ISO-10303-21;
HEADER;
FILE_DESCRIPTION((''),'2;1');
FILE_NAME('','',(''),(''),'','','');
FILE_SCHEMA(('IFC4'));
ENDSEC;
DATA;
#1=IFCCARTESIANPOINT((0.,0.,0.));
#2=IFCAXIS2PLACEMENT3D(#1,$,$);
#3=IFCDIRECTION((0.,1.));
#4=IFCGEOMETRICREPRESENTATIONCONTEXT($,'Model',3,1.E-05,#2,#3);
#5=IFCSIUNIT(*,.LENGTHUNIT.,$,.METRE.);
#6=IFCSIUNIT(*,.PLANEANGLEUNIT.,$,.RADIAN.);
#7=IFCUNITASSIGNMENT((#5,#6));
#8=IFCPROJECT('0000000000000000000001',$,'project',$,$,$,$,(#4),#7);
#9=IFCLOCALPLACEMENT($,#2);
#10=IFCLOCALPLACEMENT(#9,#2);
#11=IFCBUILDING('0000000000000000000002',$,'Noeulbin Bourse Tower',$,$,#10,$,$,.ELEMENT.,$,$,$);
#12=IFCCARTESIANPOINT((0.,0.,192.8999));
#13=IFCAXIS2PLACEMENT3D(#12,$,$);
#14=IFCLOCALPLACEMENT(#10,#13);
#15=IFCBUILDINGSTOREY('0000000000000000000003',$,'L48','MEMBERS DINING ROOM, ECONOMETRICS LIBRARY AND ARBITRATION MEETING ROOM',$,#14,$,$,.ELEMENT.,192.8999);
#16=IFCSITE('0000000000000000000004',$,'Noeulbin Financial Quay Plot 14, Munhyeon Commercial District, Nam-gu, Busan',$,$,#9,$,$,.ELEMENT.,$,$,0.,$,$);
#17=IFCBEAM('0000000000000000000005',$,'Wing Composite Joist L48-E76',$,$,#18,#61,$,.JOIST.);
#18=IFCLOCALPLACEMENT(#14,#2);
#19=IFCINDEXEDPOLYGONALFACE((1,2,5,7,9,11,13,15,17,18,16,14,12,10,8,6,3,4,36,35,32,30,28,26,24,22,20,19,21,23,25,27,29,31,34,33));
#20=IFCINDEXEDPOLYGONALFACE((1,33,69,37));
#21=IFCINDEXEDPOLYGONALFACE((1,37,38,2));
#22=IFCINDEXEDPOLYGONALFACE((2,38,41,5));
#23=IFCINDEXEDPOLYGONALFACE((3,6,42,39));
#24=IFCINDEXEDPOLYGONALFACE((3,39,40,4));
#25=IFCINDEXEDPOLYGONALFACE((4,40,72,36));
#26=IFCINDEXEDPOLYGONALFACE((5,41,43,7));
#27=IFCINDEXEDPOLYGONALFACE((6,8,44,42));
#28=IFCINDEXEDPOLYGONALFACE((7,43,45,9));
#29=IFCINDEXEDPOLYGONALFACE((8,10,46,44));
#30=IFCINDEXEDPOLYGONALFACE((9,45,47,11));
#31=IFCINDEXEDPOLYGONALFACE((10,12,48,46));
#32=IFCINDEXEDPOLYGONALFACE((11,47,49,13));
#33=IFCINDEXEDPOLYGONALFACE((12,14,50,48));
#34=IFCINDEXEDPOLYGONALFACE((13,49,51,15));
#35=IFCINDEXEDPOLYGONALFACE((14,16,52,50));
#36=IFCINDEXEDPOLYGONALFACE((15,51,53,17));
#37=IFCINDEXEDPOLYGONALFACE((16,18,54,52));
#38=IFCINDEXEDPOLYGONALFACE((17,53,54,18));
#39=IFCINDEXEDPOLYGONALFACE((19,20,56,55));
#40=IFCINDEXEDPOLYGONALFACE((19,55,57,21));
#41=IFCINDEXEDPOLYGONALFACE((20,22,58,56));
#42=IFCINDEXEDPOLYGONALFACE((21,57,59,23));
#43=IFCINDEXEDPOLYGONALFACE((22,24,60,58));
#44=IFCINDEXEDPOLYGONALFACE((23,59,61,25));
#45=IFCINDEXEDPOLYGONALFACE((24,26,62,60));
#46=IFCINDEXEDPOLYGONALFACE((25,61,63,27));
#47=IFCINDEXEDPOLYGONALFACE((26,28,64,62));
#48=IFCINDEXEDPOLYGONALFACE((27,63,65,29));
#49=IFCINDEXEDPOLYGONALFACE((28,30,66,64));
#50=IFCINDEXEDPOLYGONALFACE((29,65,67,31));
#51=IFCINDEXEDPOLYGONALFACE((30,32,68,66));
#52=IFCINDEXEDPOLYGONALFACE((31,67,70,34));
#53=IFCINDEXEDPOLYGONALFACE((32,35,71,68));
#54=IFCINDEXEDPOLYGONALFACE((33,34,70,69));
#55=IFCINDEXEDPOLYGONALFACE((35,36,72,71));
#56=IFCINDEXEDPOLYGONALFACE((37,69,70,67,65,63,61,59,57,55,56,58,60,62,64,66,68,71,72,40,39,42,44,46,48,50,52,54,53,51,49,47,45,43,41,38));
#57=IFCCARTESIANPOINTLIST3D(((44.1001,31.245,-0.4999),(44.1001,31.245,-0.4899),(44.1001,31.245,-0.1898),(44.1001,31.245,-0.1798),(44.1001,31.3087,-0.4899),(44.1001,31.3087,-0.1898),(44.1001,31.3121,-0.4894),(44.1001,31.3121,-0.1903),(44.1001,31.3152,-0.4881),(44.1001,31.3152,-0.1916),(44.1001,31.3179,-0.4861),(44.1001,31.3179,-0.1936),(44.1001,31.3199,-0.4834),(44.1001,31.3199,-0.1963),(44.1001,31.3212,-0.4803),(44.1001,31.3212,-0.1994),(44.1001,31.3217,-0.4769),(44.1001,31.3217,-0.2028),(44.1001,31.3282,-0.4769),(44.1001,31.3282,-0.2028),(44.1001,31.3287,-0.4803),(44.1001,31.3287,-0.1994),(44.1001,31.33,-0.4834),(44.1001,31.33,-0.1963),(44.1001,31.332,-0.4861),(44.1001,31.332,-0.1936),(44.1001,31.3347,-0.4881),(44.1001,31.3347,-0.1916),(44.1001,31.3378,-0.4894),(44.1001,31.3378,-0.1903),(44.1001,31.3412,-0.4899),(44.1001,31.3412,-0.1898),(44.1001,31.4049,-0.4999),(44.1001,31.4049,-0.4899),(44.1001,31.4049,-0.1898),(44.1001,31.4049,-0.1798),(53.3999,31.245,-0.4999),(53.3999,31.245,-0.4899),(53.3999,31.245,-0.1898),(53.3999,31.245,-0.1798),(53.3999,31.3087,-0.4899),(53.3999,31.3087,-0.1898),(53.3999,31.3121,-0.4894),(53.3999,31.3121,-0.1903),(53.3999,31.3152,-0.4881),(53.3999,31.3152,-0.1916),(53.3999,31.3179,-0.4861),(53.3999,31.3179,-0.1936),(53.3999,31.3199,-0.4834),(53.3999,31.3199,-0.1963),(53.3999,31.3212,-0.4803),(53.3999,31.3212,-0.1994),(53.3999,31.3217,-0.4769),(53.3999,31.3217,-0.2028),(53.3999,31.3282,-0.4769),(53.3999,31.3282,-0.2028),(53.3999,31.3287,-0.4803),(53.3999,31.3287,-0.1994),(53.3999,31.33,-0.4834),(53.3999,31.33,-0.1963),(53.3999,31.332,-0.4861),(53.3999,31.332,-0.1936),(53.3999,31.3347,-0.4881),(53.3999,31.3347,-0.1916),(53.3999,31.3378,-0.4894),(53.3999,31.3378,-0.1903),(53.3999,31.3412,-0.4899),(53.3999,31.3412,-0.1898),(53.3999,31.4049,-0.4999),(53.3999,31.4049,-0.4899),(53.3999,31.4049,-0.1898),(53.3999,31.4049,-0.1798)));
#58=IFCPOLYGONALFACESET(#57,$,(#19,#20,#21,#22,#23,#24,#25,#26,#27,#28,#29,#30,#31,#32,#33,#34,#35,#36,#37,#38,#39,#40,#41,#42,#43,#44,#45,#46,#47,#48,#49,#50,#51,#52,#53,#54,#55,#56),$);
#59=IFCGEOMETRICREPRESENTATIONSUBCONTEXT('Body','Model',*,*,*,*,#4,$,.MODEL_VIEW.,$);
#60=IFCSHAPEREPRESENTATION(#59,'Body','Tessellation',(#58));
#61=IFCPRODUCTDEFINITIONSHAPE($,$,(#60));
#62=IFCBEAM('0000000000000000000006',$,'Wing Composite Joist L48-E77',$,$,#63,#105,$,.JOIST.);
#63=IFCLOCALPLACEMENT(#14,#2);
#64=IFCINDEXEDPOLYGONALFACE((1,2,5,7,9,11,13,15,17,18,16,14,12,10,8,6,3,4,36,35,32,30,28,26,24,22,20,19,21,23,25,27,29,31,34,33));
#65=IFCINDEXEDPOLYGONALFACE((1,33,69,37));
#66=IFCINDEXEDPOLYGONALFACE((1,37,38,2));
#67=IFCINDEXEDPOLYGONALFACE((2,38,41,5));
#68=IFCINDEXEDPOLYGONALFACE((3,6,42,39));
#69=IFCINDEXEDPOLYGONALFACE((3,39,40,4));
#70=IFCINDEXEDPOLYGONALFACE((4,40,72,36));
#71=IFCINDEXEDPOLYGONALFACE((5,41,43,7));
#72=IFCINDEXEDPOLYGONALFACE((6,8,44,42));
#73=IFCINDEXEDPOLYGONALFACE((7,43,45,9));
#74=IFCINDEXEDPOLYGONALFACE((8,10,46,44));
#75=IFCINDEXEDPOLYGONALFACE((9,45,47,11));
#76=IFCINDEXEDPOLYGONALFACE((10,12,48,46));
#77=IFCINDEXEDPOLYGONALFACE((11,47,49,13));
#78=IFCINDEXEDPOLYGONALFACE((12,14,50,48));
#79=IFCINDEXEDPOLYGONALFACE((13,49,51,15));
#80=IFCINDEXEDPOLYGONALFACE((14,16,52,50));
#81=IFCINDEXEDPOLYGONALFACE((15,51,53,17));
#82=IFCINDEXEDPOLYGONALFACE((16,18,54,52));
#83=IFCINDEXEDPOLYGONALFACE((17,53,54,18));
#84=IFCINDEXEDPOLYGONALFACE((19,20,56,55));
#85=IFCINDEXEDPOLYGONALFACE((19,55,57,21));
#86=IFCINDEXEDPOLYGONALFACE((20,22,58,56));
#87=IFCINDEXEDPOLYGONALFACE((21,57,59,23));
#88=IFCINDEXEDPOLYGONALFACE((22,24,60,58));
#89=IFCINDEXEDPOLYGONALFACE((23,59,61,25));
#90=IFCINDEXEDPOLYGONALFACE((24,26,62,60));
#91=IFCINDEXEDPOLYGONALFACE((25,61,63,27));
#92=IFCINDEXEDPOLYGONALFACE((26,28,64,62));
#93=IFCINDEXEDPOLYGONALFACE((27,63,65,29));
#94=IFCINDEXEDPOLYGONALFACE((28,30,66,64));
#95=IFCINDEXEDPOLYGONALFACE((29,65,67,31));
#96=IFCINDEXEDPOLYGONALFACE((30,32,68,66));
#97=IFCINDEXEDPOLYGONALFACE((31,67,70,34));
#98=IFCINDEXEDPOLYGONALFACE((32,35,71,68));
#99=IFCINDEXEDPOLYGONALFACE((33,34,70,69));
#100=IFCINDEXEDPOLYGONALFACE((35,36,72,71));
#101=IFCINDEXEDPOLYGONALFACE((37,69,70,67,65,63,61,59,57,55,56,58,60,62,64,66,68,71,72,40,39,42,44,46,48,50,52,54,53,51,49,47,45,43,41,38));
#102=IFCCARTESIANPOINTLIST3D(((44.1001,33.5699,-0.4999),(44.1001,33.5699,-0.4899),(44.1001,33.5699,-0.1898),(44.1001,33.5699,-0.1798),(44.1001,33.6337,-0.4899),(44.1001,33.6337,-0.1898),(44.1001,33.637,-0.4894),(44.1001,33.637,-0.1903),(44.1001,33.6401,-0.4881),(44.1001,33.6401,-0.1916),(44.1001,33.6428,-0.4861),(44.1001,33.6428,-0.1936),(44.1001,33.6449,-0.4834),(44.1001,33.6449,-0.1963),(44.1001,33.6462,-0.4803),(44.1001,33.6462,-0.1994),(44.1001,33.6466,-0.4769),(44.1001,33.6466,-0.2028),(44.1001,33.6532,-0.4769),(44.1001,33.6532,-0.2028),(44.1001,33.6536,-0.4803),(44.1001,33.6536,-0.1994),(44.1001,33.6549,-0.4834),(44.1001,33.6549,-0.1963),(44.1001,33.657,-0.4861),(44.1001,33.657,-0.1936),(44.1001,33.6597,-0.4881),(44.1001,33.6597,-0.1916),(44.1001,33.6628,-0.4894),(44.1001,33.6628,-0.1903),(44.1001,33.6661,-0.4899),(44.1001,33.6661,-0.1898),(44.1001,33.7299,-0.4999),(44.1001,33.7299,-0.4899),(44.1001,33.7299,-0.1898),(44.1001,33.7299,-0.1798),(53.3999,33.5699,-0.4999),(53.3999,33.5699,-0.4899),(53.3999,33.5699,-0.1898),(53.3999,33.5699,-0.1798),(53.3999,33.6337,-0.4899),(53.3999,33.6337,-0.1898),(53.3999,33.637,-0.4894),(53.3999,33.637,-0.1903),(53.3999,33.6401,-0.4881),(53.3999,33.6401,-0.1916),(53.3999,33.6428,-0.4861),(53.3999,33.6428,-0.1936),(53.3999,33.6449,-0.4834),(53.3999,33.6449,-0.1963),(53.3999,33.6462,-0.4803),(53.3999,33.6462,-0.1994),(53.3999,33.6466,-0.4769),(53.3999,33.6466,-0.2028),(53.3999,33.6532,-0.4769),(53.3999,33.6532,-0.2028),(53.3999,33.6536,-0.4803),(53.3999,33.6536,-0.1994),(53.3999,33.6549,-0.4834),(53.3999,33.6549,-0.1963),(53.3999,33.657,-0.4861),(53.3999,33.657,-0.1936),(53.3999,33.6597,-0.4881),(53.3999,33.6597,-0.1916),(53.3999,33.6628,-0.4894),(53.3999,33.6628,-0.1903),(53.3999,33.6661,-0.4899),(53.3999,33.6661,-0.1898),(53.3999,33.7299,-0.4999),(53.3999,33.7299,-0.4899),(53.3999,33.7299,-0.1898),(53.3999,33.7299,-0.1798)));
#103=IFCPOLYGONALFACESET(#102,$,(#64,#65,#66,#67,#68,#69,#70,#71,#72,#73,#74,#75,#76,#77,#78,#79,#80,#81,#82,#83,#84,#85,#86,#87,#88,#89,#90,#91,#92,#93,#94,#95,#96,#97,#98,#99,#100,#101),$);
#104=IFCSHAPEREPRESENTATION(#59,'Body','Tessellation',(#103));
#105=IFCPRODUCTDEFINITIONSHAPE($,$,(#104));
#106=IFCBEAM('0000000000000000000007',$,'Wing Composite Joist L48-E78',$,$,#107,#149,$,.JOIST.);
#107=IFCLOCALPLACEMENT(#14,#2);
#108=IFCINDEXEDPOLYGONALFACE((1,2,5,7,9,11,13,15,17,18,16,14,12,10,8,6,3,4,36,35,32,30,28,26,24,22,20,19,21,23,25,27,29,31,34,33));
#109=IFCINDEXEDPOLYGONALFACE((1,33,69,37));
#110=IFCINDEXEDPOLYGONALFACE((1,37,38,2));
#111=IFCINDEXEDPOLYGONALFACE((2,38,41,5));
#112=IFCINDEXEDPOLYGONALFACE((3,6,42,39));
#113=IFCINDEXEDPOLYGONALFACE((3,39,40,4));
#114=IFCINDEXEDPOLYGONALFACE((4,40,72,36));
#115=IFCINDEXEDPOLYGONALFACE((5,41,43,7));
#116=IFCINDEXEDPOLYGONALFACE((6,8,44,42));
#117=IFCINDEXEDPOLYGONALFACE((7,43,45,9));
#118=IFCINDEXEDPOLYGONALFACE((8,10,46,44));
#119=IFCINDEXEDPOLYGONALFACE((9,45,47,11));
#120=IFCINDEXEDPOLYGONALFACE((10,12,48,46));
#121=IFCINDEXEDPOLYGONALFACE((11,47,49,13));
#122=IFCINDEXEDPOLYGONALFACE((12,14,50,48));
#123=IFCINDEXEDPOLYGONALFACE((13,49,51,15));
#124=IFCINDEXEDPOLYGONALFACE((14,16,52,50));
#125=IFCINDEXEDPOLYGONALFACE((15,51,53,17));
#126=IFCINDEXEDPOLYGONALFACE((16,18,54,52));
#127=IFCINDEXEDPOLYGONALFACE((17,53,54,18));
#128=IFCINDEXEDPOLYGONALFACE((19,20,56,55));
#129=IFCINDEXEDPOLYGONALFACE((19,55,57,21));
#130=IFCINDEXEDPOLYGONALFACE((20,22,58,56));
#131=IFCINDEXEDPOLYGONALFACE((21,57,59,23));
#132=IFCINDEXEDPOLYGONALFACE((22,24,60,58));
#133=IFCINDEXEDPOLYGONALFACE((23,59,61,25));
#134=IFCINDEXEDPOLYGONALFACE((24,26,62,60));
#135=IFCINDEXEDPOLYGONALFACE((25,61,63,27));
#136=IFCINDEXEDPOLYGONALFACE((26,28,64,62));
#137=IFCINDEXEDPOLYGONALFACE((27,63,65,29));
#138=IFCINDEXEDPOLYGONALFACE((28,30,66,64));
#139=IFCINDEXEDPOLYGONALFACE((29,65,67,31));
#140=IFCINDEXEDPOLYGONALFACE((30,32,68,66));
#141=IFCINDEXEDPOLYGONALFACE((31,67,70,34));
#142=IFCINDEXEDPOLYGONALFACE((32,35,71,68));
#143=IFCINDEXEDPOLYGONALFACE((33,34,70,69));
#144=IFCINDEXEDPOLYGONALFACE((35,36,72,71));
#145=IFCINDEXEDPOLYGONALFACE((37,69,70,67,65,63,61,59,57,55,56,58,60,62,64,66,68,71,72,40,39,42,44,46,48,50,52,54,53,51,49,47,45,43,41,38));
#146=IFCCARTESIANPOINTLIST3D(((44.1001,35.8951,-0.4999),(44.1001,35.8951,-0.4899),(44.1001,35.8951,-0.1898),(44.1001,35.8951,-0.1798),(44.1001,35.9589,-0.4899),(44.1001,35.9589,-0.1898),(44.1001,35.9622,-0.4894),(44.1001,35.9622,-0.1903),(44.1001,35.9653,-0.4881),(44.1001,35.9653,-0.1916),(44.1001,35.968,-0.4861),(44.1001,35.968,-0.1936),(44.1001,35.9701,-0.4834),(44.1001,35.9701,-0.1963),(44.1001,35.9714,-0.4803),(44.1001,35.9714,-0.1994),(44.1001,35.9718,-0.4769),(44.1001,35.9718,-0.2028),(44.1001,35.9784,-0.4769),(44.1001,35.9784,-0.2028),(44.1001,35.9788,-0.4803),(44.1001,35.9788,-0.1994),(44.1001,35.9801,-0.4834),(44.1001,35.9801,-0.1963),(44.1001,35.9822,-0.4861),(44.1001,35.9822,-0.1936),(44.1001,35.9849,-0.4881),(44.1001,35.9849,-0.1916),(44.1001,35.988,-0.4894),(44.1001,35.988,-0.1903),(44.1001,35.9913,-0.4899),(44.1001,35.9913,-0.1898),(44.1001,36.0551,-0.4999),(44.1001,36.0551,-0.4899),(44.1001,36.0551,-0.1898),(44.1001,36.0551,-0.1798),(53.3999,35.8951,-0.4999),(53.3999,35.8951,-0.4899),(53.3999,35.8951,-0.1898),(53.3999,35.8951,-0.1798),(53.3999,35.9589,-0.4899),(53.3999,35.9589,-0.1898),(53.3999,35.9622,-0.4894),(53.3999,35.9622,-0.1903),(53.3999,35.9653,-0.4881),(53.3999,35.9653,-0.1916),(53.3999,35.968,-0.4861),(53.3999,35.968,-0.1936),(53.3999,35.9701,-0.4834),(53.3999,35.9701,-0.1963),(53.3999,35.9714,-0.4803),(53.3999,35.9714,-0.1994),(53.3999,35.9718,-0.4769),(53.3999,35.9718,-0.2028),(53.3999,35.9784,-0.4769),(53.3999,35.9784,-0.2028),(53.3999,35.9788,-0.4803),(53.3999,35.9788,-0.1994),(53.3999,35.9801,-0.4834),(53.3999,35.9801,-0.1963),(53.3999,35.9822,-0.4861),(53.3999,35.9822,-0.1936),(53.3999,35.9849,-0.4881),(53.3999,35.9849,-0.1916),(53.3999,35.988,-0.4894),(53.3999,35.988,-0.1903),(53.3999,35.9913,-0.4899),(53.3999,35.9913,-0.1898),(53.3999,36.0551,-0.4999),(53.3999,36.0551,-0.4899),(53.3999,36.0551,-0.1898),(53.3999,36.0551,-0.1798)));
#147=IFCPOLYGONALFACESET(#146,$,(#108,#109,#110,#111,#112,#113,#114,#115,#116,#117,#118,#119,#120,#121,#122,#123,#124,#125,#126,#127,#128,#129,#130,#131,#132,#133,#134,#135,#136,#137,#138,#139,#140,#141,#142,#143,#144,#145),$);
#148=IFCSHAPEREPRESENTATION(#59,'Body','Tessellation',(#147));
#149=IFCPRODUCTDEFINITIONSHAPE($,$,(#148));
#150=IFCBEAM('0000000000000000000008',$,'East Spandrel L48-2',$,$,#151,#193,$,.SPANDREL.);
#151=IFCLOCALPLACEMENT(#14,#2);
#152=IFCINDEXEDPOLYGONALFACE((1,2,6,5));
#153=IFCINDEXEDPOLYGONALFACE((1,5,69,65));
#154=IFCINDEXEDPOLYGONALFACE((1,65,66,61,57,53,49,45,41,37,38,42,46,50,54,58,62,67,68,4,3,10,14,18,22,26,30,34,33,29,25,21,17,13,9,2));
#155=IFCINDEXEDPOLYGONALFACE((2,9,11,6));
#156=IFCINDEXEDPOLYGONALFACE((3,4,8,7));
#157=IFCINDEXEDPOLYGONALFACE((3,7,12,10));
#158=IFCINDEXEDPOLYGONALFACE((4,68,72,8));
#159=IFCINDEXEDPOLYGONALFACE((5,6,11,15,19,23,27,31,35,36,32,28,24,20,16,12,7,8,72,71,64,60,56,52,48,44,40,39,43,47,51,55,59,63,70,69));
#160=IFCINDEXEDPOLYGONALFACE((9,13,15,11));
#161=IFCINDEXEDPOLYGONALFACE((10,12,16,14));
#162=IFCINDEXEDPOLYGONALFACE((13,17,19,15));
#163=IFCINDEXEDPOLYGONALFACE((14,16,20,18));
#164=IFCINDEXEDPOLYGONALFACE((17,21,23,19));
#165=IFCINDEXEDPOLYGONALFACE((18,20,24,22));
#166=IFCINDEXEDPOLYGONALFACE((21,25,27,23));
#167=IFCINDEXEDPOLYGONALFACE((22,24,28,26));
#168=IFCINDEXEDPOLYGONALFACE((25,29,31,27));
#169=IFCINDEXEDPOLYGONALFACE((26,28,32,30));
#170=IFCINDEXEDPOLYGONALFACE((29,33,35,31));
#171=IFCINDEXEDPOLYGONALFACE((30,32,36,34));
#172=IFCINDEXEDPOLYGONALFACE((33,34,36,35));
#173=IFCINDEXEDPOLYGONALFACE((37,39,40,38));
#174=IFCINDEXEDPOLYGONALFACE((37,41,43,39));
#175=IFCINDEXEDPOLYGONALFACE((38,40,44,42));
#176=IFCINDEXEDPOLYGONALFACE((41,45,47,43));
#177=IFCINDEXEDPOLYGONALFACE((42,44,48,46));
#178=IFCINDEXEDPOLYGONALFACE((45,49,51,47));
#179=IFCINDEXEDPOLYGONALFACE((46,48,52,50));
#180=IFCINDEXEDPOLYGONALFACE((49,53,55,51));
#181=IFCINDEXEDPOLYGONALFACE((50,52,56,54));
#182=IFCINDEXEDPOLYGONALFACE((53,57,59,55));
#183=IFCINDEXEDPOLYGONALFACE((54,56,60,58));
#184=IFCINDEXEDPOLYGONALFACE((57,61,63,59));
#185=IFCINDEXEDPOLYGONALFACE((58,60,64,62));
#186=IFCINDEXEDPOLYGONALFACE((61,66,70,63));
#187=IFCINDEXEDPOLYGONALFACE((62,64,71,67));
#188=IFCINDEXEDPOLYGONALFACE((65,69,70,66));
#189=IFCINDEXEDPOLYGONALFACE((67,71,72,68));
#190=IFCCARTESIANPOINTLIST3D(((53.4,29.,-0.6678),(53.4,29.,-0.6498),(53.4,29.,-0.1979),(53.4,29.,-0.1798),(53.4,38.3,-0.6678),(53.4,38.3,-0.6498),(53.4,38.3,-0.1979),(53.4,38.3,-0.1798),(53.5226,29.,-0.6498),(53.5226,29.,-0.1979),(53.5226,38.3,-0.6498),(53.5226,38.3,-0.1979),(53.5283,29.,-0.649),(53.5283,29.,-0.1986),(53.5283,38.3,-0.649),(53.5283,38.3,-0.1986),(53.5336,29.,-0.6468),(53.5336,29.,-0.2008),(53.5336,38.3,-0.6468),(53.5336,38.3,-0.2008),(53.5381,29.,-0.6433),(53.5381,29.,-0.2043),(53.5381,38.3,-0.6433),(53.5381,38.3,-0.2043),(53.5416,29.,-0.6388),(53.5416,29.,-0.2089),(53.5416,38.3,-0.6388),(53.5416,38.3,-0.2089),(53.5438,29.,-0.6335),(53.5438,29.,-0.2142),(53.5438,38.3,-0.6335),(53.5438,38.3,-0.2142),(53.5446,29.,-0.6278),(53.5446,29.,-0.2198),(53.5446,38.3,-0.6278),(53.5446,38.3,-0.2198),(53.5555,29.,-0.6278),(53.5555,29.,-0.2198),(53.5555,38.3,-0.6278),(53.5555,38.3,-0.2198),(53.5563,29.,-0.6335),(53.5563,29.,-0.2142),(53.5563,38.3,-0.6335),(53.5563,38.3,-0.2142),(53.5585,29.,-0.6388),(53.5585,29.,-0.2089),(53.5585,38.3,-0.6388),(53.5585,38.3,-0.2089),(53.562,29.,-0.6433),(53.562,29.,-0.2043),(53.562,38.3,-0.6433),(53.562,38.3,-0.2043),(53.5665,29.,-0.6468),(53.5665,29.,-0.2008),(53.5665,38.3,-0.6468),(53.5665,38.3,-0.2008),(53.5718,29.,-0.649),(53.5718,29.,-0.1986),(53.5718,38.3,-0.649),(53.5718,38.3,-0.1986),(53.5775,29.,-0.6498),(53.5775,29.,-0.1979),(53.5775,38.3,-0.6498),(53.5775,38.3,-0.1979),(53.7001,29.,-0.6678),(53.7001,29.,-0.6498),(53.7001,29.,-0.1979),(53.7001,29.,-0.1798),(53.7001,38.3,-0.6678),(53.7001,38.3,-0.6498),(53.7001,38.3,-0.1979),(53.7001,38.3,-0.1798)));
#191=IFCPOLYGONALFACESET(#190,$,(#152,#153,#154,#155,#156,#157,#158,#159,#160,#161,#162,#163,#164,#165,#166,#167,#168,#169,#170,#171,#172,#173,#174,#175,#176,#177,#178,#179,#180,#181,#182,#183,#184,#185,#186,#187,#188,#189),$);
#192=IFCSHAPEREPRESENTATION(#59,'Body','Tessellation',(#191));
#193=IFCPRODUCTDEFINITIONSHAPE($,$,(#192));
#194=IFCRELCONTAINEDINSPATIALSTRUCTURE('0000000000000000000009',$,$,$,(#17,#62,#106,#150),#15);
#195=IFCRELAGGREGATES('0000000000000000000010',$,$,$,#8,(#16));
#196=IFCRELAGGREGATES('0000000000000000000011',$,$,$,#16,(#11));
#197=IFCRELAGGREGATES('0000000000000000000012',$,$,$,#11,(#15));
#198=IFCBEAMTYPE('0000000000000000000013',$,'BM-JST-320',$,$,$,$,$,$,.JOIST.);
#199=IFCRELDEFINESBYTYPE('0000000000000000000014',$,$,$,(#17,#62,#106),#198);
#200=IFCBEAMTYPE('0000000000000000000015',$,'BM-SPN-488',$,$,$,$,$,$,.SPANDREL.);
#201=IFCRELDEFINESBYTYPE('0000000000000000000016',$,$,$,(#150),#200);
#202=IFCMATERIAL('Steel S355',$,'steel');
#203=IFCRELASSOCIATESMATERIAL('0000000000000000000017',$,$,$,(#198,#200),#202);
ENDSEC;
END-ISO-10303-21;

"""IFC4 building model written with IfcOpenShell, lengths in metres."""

from ifc_helpers import new_model, si_unit, direction, frame, origin, origin_2d, place, context, subcontext, project, spatial, i_section, extrude, material, material_profile, profile_set, type_object, element, save


model = new_model("IFC4")

# Units and contexts
model_context = context("Model", 3, precision=1e-05, world=origin(), true_north=direction((0.0, 1.0)))
body_context = subcontext(model_context, "Body", "Model", "MODEL_VIEW")
ifc_project = project(units=[si_unit("LENGTHUNIT", "METRE"), si_unit("PLANEANGLEUNIT", "RADIAN")], contexts=[model_context])

# Site, building, storey
site_placement = place(None, origin())
site = spatial("IfcSite", under=ifc_project, at=site_placement, Name="Noeulbin Financial Quay Plot 14, Munhyeon Commercial District, Nam-gu, Busan", CompositionType="ELEMENT", RefElevation=0.0)
building_placement = place(site_placement, origin())
building = spatial("IfcBuilding", under=site, at=building_placement, Name="Noeulbin Bourse Tower", CompositionType="ELEMENT")
storey_placement = place(building_placement, frame((0.0, 0.0, 192.8999)))
storey = spatial("IfcBuildingStorey", under=building, at=storey_placement, Name="L48", Description="MEMBERS DINING ROOM, ECONOMETRICS LIBRARY AND ARBITRATION MEETING ROOM", CompositionType="ELEMENT", Elevation=192.8999)

# Shared definitions
ifc_material_1 = material(Name="Steel S355", Category="steel")

# Beams
ifc_material_profile_1 = material_profile(ifc_material_1, i_section(OverallWidth=0.1599, OverallDepth=0.3201, WebThickness=0.0066, FlangeThickness=0.01, FilletRadius=0.0129, at=origin_2d()), Name="H-320x160x6.5x10", Category="LoadBearing")
ifc_profile_set_1 = profile_set([ifc_material_profile_1], Name="Steel S355")
beam_type_1 = type_object("IfcBeamType", Name="BM-JST-320", PredefinedType="JOIST", material=ifc_profile_set_1)
for number, where, z_axis, x_axis, name in (
    (1, (44.1001, 31.325, -0.3398), (1.0, 0.0, 0.0), (0.0, 1.0, 0.0), "Wing Composite Joist L48-E76"),
    (2, (44.1001, 33.6499, -0.3398), (1.0, 0.0, 0.0), (0.0, 1.0, 0.0), "Wing Composite Joist L48-E77"),
    (3, (44.1001, 35.9751, -0.3398), (1.0, 0.0, 0.0), (0.0, 1.0, 0.0), "Wing Composite Joist L48-E78"),
):
    element("IfcBeam", number, at=place(storey_placement, frame(where, z_axis=z_axis, x_axis=x_axis)), inside=storey, type_object=beam_type_1, Name=name, PredefinedType="JOIST", context=body_context, shape_type="SweptSolid", body=[
        extrude(i_section(OverallWidth=0.1599, OverallDepth=0.3201, WebThickness=0.0066, FlangeThickness=0.01, FilletRadius=0.0129, at=origin_2d()), origin(), (0.0, 0.0, 1.0), 9.2998),
    ])
ifc_material_profile_2 = material_profile(ifc_material_1, i_section(OverallWidth=0.3, OverallDepth=0.488, WebThickness=0.011, FlangeThickness=0.0181, FilletRadius=0.022, at=origin_2d()), Name="H-488x300x11x18", Category="LoadBearing")
ifc_profile_set_2 = profile_set([ifc_material_profile_2], Name="Steel S355")
beam_type_2 = type_object("IfcBeamType", Name="BM-SPN-488", PredefinedType="SPANDREL", material=ifc_profile_set_2)
beam_1_placement = place(storey_placement, frame((53.55, 29.0, -0.4238), z_axis=(0.0, 1.0, 0.0), x_axis=(-1.0, 0.0, 0.0)))
element("IfcBeam", 4, at=beam_1_placement, inside=storey, type_object=beam_type_2, Name="East Spandrel L48-2", PredefinedType="SPANDREL", context=body_context, shape_type="SweptSolid", body=[
    extrude(i_section(OverallWidth=0.3, OverallDepth=0.488, WebThickness=0.011, FlangeThickness=0.0181, FilletRadius=0.022, at=origin_2d()), origin(), (0.0, 0.0, 1.0), 9.3),
])

save(model, "model.ifc")
